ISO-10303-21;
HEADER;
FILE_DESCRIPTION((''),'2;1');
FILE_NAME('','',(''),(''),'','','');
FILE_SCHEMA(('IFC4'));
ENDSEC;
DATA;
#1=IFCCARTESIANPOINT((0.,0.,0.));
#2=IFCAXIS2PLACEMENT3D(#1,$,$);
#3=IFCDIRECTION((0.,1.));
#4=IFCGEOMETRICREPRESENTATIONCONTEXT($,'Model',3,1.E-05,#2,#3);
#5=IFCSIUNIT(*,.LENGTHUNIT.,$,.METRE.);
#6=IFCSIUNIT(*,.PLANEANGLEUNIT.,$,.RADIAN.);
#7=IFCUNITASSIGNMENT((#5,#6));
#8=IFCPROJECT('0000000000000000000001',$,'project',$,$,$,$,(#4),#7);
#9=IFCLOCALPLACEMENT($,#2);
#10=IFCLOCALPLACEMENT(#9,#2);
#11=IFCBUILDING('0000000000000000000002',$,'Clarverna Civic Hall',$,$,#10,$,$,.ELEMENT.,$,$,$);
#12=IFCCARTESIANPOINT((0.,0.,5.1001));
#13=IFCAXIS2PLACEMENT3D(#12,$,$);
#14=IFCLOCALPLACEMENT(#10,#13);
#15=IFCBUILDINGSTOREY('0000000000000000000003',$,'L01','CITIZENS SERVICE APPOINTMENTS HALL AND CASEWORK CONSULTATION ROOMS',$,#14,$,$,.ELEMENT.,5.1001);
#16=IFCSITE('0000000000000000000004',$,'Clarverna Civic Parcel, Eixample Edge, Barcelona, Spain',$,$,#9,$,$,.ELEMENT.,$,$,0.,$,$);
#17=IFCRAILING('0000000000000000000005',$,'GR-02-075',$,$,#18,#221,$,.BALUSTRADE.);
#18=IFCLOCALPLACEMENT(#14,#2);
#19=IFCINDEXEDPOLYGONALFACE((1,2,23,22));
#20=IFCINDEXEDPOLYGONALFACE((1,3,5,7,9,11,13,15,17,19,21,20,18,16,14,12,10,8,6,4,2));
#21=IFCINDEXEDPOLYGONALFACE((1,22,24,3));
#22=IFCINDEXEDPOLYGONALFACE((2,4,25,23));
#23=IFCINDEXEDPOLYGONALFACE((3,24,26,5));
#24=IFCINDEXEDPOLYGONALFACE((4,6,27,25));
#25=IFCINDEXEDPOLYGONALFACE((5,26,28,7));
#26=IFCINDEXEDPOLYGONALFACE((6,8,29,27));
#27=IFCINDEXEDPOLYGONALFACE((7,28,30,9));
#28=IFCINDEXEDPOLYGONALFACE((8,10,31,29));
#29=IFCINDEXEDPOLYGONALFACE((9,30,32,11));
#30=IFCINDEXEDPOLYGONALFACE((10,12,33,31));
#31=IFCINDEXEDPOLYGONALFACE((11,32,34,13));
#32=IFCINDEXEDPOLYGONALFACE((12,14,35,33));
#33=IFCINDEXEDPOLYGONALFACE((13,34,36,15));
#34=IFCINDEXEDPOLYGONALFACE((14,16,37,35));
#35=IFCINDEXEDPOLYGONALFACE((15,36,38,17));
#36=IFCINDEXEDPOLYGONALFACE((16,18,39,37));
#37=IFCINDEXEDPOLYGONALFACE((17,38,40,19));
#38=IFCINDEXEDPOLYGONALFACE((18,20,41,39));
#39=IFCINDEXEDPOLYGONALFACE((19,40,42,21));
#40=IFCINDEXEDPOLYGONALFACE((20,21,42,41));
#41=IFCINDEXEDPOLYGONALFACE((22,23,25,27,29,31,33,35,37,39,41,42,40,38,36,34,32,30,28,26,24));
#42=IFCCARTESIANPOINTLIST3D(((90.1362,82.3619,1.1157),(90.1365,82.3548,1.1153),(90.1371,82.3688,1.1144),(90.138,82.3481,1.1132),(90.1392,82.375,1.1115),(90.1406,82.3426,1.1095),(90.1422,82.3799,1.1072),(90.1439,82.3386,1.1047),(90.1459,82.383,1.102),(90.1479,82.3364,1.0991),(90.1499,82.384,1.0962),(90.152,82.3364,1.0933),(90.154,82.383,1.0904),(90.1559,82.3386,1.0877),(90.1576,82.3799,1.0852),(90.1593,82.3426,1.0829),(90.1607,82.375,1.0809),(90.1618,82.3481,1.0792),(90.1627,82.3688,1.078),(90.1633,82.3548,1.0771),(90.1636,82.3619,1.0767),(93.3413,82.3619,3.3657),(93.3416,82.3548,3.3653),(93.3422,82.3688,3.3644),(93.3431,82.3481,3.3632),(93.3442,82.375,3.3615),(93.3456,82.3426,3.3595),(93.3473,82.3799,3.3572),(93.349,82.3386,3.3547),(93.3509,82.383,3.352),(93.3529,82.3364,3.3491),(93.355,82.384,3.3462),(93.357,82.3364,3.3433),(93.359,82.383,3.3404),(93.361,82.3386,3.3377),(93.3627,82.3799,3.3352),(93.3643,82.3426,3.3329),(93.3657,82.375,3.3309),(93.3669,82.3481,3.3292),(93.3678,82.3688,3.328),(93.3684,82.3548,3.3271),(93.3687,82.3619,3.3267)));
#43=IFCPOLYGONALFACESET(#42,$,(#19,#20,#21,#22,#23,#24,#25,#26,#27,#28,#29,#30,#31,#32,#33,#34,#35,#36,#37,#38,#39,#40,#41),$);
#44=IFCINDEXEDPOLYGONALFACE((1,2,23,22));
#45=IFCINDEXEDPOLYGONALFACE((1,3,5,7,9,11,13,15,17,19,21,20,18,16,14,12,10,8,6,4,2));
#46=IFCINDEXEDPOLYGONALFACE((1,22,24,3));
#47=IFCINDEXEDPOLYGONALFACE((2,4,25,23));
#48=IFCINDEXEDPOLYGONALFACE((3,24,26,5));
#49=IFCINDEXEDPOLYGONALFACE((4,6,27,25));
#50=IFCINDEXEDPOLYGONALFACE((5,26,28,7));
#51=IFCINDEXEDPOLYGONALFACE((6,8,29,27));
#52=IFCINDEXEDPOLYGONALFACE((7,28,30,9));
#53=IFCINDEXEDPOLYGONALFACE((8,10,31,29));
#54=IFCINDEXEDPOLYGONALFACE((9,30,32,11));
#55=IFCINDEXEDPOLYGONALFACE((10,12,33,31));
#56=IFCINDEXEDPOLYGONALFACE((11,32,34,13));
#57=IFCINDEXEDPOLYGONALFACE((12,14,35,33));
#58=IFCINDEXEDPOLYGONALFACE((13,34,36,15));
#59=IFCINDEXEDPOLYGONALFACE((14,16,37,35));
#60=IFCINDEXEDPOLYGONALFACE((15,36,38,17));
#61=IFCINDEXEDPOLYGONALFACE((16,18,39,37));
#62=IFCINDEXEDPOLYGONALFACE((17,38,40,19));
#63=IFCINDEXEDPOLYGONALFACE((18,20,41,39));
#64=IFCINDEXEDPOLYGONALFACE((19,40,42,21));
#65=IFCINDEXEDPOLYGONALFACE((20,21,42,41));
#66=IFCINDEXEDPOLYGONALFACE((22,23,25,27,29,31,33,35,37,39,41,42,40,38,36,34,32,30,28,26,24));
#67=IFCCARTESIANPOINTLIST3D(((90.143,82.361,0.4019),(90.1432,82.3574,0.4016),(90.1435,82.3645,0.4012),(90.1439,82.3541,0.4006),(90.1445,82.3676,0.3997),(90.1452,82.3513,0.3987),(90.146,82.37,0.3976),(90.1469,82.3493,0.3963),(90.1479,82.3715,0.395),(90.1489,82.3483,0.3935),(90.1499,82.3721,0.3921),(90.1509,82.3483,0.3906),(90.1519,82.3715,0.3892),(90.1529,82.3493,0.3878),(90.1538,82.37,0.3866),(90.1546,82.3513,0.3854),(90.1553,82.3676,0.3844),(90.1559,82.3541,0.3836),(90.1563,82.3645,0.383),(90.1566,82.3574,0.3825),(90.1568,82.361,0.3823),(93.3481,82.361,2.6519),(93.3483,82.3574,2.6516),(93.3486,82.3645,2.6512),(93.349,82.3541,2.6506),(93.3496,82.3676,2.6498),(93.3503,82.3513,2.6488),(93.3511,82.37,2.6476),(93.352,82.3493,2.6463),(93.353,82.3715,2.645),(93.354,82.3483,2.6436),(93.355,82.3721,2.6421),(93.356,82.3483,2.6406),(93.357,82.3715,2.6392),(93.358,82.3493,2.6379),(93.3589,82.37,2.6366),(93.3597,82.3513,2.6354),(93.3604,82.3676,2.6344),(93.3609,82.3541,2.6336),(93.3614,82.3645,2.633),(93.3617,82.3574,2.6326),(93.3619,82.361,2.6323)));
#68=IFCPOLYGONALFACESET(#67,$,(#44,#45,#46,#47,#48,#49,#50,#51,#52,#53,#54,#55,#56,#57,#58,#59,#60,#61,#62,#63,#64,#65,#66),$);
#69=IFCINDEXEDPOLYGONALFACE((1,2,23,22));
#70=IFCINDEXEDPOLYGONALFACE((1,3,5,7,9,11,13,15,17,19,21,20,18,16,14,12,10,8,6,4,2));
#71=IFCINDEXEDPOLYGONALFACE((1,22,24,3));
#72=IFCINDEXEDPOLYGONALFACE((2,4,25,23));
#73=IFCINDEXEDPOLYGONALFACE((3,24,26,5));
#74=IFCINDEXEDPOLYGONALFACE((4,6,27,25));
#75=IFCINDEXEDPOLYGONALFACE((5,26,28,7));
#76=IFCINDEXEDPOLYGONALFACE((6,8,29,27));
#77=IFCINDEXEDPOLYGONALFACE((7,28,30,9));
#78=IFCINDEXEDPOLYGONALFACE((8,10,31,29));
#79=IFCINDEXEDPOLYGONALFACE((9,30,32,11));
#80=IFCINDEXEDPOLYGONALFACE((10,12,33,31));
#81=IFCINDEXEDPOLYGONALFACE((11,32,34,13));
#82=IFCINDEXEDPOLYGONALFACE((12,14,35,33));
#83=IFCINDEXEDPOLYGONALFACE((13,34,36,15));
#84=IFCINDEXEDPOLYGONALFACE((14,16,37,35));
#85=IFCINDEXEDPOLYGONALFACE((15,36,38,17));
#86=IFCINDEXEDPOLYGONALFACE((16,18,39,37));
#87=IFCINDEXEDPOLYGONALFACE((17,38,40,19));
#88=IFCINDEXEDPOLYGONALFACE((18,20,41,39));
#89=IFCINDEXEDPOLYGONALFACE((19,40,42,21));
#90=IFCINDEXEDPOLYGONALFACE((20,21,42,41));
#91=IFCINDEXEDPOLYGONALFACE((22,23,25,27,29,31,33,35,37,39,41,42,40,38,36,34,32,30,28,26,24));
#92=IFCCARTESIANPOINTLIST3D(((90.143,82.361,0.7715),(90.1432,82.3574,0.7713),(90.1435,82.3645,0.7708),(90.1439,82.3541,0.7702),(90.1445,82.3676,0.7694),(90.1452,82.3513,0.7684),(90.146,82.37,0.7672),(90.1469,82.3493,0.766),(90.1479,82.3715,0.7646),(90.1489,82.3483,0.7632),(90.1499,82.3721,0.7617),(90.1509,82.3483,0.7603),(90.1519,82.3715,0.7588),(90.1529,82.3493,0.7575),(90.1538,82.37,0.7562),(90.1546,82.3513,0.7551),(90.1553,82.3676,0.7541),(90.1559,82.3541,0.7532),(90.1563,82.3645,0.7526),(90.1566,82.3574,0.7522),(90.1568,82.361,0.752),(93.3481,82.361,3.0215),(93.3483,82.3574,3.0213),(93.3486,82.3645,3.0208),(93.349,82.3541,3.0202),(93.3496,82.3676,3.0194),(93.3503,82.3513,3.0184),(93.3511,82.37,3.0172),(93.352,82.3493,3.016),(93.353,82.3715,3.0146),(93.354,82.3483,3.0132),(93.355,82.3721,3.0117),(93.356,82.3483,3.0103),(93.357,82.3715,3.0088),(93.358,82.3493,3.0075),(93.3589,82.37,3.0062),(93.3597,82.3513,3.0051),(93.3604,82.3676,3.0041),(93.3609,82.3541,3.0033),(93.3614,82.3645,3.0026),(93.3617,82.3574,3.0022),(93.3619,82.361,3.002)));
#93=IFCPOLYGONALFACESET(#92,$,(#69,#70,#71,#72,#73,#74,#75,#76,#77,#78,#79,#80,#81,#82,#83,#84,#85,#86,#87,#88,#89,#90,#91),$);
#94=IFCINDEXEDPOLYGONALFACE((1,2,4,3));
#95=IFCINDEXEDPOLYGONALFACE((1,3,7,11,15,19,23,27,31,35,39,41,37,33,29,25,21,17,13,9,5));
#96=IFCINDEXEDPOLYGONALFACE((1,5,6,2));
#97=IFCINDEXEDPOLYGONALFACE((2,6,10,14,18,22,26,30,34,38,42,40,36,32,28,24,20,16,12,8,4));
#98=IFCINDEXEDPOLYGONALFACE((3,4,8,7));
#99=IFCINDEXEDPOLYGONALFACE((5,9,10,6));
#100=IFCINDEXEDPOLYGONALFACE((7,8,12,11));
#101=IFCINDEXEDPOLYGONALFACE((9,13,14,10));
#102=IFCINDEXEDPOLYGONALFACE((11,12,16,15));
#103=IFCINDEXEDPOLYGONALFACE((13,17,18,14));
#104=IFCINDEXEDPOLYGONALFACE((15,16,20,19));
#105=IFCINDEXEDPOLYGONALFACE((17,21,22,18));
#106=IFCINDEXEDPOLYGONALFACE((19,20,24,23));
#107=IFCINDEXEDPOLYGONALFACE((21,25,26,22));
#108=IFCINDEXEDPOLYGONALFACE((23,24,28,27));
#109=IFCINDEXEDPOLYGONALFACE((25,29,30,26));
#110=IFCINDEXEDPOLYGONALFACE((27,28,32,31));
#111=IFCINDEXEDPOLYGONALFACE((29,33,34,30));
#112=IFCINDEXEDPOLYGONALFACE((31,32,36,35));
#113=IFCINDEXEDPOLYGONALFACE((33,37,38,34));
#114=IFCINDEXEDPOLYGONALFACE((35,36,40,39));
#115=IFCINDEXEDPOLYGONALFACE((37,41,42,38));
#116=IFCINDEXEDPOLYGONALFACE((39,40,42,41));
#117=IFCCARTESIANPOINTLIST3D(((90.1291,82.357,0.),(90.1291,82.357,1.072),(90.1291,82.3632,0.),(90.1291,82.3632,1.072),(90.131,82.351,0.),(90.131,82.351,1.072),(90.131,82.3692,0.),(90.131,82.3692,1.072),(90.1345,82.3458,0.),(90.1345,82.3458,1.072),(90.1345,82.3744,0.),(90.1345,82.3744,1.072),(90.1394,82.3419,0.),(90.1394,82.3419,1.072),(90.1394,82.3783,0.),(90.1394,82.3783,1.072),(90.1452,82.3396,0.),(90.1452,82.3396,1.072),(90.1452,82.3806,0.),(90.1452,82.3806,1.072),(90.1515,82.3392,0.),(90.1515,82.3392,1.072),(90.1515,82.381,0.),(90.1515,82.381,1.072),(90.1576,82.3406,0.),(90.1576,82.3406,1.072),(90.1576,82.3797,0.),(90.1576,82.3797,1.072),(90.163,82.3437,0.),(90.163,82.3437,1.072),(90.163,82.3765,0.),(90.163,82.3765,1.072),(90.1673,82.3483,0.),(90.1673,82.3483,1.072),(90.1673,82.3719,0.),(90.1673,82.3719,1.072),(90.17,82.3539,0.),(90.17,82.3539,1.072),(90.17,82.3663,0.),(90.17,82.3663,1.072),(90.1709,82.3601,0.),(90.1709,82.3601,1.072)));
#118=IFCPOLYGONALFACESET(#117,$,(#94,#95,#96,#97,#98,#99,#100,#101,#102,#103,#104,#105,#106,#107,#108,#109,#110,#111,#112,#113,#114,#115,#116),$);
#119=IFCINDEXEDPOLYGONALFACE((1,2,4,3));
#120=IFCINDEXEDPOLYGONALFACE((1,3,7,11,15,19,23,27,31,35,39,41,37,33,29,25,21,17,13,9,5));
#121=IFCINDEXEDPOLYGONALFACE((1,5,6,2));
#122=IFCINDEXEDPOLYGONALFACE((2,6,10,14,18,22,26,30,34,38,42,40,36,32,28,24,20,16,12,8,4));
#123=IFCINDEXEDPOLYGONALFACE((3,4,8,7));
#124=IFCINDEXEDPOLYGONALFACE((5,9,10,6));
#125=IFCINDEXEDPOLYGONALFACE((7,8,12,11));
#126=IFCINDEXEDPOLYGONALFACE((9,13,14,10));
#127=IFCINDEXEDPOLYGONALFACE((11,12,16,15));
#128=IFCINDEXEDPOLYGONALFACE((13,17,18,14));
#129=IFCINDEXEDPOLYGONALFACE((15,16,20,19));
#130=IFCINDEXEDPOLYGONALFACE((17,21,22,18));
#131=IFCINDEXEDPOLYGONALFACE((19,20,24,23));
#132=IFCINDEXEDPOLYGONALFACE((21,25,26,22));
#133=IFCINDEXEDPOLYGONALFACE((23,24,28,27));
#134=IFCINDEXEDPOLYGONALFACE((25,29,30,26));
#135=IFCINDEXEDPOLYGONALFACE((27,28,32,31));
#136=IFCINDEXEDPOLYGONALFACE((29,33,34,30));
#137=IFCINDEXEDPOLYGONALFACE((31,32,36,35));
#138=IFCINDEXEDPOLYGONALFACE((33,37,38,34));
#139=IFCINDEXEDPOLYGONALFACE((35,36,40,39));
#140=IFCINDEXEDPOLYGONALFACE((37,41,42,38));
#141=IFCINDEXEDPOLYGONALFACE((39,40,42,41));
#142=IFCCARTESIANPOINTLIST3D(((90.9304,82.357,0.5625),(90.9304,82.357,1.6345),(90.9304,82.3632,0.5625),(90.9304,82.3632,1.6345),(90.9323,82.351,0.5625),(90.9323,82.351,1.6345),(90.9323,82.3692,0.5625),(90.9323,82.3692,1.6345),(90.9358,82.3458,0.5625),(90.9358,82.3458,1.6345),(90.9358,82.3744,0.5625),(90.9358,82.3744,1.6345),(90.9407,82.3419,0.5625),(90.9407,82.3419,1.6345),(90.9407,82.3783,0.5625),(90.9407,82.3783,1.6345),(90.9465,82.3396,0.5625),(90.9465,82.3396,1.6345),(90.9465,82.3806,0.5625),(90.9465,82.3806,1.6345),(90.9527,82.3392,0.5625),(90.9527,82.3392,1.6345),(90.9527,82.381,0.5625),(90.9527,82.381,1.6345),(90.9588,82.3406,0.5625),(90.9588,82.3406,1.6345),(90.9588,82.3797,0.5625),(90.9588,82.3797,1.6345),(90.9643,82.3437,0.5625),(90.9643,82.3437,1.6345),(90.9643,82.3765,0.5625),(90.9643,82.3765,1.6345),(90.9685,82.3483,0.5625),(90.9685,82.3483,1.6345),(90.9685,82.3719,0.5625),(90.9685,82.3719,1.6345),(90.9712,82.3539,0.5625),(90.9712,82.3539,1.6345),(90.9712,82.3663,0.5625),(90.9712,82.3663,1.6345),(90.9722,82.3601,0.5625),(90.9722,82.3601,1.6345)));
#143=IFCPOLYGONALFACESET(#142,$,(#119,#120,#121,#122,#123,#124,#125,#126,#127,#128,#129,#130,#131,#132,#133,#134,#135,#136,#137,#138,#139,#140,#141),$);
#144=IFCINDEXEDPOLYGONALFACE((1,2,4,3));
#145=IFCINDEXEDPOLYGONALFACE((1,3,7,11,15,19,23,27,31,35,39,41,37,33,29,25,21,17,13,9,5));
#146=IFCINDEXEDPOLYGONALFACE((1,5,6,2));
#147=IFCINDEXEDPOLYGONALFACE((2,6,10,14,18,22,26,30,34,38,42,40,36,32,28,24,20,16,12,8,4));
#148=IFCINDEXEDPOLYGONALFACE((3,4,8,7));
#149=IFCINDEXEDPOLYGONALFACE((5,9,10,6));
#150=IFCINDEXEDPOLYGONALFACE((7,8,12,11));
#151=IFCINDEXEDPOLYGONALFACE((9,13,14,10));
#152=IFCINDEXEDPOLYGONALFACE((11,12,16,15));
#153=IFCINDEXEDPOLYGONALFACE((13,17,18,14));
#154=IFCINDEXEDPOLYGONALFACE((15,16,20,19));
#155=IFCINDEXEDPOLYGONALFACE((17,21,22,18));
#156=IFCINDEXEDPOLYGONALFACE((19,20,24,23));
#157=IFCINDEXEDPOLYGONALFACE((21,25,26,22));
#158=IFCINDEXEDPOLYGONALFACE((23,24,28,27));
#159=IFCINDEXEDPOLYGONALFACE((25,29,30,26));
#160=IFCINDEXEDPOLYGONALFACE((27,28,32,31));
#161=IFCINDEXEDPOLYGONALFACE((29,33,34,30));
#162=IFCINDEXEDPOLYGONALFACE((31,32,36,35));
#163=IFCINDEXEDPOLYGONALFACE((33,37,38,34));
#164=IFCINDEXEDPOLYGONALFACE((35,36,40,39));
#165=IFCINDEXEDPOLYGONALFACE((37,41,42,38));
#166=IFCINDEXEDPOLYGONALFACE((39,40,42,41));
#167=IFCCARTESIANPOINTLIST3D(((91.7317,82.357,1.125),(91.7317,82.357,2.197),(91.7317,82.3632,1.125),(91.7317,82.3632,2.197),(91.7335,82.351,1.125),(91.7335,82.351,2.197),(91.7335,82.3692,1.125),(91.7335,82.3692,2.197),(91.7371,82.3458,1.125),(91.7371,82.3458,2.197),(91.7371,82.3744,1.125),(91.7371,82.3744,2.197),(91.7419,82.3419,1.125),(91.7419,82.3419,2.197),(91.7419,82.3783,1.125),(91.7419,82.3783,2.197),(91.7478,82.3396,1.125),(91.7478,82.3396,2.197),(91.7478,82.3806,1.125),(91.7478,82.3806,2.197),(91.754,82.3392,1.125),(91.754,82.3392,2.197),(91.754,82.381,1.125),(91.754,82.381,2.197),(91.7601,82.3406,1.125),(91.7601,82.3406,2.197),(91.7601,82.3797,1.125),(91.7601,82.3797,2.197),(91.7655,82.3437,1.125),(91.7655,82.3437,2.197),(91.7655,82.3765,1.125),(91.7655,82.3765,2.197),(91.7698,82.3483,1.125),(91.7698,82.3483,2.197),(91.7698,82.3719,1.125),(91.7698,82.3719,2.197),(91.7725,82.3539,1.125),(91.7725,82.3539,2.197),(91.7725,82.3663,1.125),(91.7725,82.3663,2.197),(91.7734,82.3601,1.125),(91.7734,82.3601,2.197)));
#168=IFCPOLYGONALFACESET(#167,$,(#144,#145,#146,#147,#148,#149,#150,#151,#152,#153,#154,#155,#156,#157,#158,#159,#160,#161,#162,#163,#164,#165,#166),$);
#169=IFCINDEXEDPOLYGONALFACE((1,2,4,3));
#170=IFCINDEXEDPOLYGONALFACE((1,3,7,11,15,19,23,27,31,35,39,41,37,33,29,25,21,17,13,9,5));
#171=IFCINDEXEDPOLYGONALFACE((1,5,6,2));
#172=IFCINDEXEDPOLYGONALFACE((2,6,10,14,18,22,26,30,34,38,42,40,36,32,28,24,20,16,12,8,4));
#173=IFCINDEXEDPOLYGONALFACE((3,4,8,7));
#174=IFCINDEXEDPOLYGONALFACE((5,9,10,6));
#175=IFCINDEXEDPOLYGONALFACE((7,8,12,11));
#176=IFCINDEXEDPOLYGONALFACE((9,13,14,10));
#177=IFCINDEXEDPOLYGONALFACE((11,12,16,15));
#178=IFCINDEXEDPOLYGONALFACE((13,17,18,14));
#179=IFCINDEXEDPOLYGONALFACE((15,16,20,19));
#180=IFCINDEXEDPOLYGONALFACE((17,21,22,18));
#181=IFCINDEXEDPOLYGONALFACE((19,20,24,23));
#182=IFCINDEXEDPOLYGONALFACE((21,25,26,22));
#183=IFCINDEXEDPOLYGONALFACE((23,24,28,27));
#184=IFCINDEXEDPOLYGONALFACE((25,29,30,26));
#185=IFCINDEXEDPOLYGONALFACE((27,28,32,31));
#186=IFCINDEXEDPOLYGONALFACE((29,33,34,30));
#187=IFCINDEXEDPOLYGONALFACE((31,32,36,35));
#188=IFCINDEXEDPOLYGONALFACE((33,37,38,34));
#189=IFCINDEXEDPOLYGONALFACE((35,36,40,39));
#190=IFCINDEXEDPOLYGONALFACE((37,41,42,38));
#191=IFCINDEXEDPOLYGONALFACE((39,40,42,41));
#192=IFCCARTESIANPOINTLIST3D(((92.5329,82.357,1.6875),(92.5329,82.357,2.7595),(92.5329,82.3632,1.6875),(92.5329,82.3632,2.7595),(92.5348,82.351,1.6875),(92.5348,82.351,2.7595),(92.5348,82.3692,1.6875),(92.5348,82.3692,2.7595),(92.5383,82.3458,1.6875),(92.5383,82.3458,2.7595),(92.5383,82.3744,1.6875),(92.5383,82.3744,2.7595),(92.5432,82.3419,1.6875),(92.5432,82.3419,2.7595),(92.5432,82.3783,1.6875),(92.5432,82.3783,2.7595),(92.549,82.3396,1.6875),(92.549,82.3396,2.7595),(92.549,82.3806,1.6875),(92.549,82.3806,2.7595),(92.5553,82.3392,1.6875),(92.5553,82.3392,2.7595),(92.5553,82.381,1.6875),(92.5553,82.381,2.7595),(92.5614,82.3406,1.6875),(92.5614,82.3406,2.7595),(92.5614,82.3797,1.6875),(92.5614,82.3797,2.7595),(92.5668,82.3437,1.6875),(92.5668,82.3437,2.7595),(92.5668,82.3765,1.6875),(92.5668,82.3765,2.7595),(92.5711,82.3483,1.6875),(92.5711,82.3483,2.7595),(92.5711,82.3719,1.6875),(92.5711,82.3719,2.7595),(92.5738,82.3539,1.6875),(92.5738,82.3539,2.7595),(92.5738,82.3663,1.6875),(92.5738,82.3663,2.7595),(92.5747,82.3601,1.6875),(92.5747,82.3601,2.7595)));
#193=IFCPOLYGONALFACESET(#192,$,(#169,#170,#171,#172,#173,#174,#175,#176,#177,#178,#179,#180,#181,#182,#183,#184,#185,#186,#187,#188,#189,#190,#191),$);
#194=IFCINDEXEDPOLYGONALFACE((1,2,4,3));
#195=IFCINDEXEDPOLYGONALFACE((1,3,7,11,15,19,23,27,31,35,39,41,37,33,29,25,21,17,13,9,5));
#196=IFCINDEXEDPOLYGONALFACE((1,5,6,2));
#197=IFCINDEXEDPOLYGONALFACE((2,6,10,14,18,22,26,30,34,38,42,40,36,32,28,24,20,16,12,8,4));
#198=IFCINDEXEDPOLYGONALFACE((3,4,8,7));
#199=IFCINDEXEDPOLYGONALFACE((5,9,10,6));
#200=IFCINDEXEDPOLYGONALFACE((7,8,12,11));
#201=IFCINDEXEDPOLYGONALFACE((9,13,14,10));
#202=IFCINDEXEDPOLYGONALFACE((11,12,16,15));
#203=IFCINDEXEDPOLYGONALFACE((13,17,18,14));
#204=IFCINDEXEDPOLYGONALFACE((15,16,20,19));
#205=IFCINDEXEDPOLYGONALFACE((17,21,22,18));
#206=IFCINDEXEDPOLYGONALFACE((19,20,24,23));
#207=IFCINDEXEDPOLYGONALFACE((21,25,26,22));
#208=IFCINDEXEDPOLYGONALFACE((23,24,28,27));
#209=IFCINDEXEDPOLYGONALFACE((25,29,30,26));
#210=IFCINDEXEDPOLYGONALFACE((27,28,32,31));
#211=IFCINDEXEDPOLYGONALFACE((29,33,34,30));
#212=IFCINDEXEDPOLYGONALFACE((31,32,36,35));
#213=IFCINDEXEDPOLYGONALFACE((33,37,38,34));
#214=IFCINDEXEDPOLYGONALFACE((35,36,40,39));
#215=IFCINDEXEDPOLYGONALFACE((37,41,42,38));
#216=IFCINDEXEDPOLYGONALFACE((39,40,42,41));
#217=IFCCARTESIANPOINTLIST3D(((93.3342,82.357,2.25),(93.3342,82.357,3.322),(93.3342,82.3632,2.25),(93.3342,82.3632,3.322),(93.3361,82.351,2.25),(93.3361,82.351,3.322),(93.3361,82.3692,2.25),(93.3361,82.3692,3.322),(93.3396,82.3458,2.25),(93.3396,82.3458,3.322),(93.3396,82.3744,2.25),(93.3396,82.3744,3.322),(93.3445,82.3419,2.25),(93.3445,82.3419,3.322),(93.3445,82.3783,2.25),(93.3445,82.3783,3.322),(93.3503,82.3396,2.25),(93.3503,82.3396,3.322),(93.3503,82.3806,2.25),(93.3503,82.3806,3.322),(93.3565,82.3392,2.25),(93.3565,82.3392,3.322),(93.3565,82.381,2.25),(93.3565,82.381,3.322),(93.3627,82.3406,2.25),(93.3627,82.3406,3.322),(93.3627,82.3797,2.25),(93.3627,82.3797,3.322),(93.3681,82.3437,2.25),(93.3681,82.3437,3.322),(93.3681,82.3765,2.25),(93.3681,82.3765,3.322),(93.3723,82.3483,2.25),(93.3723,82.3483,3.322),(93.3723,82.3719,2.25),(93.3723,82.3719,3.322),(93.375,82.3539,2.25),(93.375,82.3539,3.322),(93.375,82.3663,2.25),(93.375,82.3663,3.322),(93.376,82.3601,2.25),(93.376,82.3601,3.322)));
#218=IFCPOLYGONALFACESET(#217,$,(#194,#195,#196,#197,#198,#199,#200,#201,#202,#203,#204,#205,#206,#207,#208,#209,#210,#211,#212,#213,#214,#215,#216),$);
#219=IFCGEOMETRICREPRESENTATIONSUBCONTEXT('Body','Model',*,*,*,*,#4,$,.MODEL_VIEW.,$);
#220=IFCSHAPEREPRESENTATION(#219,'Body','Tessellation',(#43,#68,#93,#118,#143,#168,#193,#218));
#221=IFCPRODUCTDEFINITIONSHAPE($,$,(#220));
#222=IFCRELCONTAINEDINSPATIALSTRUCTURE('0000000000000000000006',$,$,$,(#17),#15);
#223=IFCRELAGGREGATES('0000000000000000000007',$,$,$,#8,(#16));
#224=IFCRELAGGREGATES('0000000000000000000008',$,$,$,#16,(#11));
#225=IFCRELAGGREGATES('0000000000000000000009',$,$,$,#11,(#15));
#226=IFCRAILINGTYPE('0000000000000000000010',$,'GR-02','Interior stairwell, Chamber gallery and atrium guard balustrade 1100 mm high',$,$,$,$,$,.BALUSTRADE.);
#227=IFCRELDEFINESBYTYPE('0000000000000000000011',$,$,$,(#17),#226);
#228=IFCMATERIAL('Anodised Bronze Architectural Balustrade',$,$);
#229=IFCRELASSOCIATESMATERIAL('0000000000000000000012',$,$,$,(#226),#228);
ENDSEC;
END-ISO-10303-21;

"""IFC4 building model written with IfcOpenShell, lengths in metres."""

from ifc_helpers import new_model, si_unit, direction, frame, origin, origin_2d, place, context, subcontext, project, spatial, circle, extrude, material, type_object, element, save


model = new_model("IFC4")

# Units and contexts
model_context = context("Model", 3, precision=1e-05, world=origin(), true_north=direction((0.0, 1.0)))
body_context = subcontext(model_context, "Body", "Model", "MODEL_VIEW")
ifc_project = project(units=[si_unit("LENGTHUNIT", "METRE"), si_unit("PLANEANGLEUNIT", "RADIAN")], contexts=[model_context])

# Site, building, storey
site_placement = place(None, origin())
site = spatial("IfcSite", under=ifc_project, at=site_placement, Name="Clarverna Civic Parcel, Eixample Edge, Barcelona, Spain", CompositionType="ELEMENT", RefElevation=0.0)
building_placement = place(site_placement, origin())
building = spatial("IfcBuilding", under=site, at=building_placement, Name="Clarverna Civic Hall", CompositionType="ELEMENT")
storey_placement = place(building_placement, frame((0.0, 0.0, 5.1001)))
storey = spatial("IfcBuildingStorey", under=building, at=storey_placement, Name="L01", Description="CITIZENS SERVICE APPOINTMENTS HALL AND CASEWORK CONSULTATION ROOMS", CompositionType="ELEMENT", Elevation=5.1001)

# Railing
ifc_material_1 = material(Name="Anodised Bronze Architectural Balustrade")
railing_type_1 = type_object("IfcRailingType", Name="GR-02", Description="Interior stairwell, Chamber gallery and atrium guard balustrade 1100 mm high", PredefinedType="BALUSTRADE", material=ifc_material_1)
railing_1_placement = place(storey_placement, frame((90.1499, 82.3601, 0.0)))
element("IfcRailing", 1, at=railing_1_placement, inside=storey, type_object=railing_type_1, Name="GR-02-075", PredefinedType="BALUSTRADE", context=body_context, shape_type="SweptSolid", body=[
    extrude(circle(Radius=0.0239, at=origin_2d()), frame((0.0, 0.0, 1.0962), z_axis=(0.818458, 0.0, 0.574566), x_axis=(0.0, 1.0, 0.0)), (0.0, 0.0, 1.0), 3.916),
    extrude(circle(Radius=0.012, at=origin_2d()), frame((0.0, 0.0, 0.3921), z_axis=(0.818458, 0.0, 0.574566), x_axis=(0.0, 1.0, 0.0)), (0.0, 0.0, 1.0), 3.916),
    extrude(circle(Radius=0.012, at=origin_2d()), frame((0.0, 0.0, 0.7617), z_axis=(0.818458, 0.0, 0.574566), x_axis=(0.0, 1.0, 0.0)), (0.0, 0.0, 1.0), 3.916),
    extrude(circle(Radius=0.021, at=origin_2d()), origin(), (0.0, 0.0, 1.0), 1.072),
    extrude(circle(Radius=0.021, at=origin_2d()), frame((0.8013, 0.0, 0.5625)), (0.0, 0.0, 1.0), 1.072),
    extrude(circle(Radius=0.021, at=origin_2d()), frame((1.6025, 0.0, 1.125)), (0.0, 0.0, 1.0), 1.072),
    extrude(circle(Radius=0.021, at=origin_2d()), frame((2.4038, 0.0, 1.6875)), (0.0, 0.0, 1.0), 1.072),
    extrude(circle(Radius=0.021, at=origin_2d()), frame((3.2051, 0.0, 2.25)), (0.0, 0.0, 1.0), 1.072),
])

save(model, "model.ifc")
